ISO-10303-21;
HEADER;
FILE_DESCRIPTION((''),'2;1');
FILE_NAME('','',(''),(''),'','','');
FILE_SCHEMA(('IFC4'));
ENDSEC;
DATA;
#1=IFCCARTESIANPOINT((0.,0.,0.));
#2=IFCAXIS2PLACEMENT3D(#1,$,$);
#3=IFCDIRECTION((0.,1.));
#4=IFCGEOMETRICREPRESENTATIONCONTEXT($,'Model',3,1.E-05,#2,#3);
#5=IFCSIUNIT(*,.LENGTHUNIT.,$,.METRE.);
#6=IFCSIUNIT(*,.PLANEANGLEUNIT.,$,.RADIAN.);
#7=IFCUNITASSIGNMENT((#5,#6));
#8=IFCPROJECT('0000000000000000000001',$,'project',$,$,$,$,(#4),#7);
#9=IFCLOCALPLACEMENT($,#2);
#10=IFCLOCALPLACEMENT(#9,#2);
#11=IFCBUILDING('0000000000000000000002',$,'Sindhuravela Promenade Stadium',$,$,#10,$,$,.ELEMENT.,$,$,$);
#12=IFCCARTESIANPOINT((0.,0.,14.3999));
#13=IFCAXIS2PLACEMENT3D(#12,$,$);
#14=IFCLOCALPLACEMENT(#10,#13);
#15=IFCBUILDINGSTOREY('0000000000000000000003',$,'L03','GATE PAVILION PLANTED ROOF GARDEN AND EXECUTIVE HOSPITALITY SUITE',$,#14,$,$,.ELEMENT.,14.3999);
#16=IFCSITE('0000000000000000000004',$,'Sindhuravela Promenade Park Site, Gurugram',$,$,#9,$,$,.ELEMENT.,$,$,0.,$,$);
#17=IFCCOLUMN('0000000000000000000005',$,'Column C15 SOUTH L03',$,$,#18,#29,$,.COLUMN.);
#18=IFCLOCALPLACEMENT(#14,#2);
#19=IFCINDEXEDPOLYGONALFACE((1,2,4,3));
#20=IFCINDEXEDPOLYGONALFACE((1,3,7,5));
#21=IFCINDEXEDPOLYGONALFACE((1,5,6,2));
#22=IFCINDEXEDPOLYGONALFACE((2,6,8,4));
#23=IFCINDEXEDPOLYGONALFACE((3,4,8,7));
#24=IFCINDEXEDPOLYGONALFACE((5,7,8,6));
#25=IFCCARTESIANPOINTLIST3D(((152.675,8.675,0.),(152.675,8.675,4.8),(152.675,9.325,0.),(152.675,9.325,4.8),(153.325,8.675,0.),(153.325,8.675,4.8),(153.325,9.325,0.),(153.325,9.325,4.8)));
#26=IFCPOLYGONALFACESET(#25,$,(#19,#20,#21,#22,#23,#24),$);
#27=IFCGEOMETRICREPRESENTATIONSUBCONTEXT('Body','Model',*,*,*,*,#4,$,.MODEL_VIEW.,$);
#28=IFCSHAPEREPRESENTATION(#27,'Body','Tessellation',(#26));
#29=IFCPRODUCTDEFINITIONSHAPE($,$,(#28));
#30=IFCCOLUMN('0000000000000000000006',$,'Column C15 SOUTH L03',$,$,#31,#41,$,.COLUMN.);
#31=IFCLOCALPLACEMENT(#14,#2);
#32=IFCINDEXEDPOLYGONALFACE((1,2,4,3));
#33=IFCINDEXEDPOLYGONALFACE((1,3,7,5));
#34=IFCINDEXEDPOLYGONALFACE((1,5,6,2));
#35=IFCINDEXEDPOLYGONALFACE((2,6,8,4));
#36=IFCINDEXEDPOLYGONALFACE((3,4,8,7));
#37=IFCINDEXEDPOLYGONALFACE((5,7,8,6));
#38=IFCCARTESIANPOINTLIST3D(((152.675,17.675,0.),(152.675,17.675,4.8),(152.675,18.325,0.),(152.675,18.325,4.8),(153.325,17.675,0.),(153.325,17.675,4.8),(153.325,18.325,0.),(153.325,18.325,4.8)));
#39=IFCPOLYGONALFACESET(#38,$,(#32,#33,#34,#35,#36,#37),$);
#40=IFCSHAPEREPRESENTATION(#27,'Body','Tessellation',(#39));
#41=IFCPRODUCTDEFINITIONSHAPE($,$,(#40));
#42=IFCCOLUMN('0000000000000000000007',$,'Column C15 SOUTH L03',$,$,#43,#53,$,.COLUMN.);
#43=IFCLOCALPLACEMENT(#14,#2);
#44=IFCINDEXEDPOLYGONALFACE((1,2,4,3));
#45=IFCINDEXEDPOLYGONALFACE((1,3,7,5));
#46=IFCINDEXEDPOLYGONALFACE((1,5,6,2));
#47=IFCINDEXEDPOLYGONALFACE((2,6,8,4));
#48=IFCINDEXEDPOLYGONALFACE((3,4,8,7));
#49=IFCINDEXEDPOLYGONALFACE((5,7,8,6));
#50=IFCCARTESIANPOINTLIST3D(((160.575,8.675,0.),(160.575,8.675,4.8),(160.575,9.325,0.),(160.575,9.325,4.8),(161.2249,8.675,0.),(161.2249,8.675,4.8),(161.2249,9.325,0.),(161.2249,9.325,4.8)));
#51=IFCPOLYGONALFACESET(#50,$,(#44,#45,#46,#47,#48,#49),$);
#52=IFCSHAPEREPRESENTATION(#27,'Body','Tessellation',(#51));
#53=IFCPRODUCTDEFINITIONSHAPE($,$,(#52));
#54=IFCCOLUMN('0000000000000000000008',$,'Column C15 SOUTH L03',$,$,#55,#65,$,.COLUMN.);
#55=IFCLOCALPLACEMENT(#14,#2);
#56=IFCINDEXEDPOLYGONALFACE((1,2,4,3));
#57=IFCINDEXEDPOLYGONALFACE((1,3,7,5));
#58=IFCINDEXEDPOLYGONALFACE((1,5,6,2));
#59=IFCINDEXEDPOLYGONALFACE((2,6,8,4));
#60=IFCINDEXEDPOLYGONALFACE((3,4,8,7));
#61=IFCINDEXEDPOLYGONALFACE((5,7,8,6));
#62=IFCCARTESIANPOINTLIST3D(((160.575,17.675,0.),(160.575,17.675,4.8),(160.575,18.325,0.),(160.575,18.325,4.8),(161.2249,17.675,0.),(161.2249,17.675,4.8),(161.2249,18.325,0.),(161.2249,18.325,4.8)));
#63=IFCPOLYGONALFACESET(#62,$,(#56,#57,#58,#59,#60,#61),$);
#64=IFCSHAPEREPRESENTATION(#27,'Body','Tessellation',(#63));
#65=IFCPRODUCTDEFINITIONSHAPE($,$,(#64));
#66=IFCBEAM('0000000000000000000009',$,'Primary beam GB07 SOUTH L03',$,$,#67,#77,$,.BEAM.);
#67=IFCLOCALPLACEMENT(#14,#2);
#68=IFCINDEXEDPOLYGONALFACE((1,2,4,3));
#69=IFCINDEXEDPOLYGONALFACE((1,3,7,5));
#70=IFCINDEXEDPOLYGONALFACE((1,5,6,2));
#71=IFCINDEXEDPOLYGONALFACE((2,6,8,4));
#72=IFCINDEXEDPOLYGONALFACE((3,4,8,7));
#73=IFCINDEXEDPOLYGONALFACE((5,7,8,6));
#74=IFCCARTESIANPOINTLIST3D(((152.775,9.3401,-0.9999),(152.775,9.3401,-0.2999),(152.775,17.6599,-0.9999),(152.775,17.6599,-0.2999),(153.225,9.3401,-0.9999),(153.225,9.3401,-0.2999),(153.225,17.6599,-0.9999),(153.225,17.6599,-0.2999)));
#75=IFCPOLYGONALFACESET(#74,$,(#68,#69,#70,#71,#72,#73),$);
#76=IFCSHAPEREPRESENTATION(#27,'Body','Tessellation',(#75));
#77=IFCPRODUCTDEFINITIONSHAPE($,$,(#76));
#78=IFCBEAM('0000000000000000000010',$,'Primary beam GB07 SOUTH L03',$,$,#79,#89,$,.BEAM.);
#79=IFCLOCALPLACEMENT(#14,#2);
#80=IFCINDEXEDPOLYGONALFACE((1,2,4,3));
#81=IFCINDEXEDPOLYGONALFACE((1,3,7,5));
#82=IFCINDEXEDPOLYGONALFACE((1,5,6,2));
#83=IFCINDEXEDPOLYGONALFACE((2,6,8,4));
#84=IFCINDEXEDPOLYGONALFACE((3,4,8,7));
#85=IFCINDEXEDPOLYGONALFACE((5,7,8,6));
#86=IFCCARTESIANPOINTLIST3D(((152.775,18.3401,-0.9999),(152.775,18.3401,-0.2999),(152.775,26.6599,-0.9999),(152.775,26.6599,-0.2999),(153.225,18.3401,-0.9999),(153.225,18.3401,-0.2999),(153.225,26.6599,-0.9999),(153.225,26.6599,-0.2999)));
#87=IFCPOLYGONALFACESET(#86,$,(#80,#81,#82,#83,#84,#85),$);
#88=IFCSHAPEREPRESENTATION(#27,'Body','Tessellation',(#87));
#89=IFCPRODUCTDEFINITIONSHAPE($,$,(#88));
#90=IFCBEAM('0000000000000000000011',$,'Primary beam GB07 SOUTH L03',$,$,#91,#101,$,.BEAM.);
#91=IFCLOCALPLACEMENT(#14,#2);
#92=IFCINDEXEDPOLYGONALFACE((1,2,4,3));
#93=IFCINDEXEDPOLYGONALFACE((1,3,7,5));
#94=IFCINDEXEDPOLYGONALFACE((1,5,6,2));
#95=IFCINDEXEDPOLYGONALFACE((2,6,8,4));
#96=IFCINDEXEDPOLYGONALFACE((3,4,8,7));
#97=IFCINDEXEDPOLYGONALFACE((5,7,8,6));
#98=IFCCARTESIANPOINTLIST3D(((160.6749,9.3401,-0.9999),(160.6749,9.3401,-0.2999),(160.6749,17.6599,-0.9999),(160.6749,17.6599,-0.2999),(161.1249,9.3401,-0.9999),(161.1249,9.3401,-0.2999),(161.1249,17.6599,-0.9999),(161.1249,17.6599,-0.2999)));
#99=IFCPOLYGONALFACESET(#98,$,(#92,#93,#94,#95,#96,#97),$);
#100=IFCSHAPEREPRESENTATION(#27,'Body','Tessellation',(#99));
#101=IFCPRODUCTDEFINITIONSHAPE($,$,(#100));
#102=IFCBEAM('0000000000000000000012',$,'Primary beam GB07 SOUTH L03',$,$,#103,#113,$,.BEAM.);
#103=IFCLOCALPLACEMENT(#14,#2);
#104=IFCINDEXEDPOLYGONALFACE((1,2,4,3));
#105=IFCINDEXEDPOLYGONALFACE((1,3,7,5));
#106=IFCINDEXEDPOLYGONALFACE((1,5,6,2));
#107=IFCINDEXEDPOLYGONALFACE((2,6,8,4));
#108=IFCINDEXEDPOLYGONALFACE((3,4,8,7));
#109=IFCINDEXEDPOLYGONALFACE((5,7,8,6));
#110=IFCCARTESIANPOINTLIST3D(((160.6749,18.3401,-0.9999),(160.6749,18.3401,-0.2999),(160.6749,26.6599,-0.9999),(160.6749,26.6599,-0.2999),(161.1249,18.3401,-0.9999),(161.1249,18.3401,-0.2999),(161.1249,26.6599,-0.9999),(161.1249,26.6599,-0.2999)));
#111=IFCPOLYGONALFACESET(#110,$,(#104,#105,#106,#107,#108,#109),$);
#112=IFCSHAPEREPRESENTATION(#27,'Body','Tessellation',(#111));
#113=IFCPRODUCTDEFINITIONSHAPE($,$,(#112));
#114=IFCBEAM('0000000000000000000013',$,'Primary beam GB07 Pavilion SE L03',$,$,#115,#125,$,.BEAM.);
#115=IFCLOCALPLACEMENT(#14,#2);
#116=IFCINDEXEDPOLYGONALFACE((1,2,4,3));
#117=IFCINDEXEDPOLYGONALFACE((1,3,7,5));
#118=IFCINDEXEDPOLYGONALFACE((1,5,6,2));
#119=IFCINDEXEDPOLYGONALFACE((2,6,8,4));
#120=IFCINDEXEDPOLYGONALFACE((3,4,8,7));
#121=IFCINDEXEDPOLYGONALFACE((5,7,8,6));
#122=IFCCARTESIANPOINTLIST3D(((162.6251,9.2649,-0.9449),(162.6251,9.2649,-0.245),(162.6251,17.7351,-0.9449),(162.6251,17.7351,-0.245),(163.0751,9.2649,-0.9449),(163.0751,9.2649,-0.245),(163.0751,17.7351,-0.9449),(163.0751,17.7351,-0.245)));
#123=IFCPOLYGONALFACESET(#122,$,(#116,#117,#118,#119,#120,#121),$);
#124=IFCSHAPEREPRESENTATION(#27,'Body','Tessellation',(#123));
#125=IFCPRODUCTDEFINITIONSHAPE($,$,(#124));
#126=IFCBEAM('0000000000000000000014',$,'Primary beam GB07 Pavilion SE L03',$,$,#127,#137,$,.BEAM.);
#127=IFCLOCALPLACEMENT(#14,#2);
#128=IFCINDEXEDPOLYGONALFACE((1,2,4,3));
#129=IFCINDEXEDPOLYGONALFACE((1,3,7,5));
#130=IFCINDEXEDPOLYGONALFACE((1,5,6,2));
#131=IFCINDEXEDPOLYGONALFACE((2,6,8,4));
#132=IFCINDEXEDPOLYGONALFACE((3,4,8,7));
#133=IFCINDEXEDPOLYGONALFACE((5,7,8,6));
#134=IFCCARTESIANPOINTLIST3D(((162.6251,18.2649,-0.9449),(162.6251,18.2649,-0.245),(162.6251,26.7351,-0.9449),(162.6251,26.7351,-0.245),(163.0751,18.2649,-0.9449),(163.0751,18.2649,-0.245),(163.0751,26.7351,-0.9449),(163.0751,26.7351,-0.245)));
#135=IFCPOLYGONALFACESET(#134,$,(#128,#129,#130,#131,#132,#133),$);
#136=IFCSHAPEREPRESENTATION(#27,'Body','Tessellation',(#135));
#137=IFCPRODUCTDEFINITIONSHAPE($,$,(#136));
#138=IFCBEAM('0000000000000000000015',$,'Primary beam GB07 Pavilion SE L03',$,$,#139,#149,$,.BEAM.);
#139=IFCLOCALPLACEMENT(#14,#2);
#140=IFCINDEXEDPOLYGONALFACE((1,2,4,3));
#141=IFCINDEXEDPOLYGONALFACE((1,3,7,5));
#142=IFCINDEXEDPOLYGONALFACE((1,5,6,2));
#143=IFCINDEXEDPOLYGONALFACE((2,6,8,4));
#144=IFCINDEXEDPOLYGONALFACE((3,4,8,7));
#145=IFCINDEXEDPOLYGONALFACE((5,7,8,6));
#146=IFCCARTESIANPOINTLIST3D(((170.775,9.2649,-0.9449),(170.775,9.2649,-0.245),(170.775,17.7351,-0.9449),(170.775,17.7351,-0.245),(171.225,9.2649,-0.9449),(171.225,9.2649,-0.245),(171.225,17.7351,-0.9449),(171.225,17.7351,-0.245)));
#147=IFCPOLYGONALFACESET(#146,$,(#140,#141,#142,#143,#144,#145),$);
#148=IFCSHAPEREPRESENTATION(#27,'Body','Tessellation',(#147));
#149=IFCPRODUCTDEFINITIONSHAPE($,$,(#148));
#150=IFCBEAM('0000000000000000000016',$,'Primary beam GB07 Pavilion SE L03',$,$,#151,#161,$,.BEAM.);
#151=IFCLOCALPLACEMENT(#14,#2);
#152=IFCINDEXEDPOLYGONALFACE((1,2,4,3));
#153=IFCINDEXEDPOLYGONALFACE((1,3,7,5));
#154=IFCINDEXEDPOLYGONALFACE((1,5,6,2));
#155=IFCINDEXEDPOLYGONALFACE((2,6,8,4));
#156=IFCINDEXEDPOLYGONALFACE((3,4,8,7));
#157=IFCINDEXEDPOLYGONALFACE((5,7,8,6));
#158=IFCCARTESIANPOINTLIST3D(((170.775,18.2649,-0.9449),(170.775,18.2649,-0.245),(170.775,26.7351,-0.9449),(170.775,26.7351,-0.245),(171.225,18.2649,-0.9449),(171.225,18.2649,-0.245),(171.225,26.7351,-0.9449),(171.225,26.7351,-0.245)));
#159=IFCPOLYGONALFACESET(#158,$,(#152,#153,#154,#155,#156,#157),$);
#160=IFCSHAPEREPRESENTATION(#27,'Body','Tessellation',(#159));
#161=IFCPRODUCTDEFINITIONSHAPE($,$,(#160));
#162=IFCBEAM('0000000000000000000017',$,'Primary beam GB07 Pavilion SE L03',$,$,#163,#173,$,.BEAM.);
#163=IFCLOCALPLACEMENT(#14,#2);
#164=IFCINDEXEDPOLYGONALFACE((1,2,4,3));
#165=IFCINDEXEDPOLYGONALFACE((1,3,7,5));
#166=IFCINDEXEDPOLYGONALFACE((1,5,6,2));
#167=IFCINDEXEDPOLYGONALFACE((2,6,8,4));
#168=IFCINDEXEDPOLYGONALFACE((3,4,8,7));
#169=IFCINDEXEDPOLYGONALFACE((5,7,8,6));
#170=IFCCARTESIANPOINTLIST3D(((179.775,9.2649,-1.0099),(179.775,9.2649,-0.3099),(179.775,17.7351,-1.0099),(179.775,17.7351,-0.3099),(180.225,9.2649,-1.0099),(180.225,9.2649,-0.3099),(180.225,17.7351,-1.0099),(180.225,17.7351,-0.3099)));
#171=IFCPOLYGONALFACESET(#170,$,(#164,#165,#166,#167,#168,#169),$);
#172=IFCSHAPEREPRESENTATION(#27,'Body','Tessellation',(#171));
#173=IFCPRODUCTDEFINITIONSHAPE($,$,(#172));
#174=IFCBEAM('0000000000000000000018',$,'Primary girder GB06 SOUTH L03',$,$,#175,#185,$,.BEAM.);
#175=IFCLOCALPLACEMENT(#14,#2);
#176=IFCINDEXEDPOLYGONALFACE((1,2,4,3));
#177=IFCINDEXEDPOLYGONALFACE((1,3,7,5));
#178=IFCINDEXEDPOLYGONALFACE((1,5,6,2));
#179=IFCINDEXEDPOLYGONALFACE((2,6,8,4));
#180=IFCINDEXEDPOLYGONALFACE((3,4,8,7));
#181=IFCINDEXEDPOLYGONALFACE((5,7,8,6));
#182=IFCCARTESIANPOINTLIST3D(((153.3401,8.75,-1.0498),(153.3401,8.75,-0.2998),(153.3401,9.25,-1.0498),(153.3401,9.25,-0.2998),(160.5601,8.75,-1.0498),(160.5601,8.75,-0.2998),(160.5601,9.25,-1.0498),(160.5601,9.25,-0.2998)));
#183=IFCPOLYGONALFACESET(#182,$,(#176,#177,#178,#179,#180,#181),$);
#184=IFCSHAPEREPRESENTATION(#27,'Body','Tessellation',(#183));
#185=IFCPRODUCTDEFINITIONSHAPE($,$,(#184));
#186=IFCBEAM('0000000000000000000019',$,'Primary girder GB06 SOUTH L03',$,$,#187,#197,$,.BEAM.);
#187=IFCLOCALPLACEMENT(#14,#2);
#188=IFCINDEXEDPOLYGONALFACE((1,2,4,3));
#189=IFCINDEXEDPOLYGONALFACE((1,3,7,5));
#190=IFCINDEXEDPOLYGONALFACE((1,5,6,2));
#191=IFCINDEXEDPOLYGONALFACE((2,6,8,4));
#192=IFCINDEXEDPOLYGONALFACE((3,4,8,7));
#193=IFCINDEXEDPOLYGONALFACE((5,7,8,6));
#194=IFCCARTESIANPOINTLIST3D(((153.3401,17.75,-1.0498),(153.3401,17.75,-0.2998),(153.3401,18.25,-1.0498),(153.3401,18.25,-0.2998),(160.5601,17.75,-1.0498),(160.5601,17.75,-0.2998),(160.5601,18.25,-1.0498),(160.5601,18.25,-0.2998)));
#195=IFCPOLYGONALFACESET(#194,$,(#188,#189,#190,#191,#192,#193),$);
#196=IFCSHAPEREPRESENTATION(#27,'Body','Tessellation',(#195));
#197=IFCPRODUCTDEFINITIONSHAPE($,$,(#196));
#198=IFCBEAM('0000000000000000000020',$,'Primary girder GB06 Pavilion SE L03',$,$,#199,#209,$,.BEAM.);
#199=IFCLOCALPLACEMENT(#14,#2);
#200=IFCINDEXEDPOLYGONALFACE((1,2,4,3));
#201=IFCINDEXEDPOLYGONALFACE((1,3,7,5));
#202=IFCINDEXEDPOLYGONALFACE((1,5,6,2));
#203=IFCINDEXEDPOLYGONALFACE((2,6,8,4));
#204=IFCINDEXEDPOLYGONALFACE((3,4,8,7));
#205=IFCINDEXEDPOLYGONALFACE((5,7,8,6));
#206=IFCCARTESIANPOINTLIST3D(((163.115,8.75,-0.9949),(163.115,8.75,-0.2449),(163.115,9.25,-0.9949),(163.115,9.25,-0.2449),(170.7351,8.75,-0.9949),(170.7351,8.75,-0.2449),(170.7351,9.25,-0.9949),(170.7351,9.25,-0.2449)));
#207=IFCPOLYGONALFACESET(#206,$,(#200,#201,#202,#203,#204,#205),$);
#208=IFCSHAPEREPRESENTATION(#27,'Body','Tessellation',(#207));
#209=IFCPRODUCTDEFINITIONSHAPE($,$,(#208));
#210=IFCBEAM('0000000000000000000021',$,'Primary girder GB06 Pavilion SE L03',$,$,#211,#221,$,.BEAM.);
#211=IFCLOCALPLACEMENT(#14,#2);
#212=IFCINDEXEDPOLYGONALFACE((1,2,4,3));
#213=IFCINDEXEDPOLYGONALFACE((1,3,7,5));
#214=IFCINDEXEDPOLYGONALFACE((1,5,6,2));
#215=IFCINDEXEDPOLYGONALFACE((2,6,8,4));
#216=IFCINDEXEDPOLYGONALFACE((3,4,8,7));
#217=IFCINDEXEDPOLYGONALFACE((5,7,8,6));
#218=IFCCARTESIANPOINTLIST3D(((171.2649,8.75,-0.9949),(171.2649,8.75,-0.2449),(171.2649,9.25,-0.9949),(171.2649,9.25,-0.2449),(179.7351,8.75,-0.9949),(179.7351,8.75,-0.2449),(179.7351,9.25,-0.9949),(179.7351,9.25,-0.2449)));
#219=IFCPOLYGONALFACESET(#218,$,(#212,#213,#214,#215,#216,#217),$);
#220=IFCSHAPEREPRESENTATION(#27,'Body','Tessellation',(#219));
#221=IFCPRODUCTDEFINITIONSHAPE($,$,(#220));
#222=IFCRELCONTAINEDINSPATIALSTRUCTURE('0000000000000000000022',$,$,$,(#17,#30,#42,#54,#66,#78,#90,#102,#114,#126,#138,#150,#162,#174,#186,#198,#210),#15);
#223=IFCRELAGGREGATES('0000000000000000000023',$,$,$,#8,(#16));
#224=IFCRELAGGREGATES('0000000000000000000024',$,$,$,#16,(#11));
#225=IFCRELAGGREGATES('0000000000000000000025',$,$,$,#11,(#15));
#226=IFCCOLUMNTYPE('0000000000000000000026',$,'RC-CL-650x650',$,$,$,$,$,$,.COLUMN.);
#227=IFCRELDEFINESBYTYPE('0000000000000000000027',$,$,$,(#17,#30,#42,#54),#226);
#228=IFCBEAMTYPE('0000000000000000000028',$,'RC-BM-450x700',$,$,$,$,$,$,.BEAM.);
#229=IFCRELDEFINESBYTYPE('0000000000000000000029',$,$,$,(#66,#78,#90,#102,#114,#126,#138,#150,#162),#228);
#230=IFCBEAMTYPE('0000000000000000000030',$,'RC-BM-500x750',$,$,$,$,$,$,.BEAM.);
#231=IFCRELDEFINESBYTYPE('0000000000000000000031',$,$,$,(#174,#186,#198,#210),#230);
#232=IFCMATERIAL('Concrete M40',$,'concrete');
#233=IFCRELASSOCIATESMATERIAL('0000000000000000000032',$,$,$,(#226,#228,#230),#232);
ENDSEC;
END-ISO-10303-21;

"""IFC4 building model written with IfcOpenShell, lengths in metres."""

from ifc_helpers import new_model, si_unit, direction, frame, origin, origin_2d, place, context, subcontext, project, spatial, rectangle, extrude, material, material_profile, profile_set, type_object, element, save


model = new_model("IFC4")

# Units and contexts
model_context = context("Model", 3, precision=1e-05, world=origin(), true_north=direction((0.0, 1.0)))
body_context = subcontext(model_context, "Body", "Model", "MODEL_VIEW")
ifc_project = project(units=[si_unit("LENGTHUNIT", "METRE"), si_unit("PLANEANGLEUNIT", "RADIAN")], contexts=[model_context])

# Site, building, storey
site_placement = place(None, origin())
site = spatial("IfcSite", under=ifc_project, at=site_placement, Name="Sindhuravela Promenade Park Site, Gurugram", CompositionType="ELEMENT", RefElevation=0.0)
building_placement = place(site_placement, origin())
building = spatial("IfcBuilding", under=site, at=building_placement, Name="Sindhuravela Promenade Stadium", CompositionType="ELEMENT")
storey_placement = place(building_placement, frame((0.0, 0.0, 14.3999)))
storey = spatial("IfcBuildingStorey", under=building, at=storey_placement, Name="L03", Description="GATE PAVILION PLANTED ROOF GARDEN AND EXECUTIVE HOSPITALITY SUITE", CompositionType="ELEMENT", Elevation=14.3999)

# Columns
ifc_material_1 = material(Name="Concrete M40", Category="concrete")
ifc_material_profile_1 = material_profile(ifc_material_1, rectangle(XDim=0.6499, YDim=0.6499, at=origin_2d()), Name="RC 650x650")
ifc_profile_set_1 = profile_set([ifc_material_profile_1], Name="Concrete M40")
column_type = type_object("IfcColumnType", Name="RC-CL-650x650", PredefinedType="COLUMN", material=ifc_profile_set_1)
for number, where, z_axis, x_axis, name in (
    (1, (153.0, 9.0, 0.0), (0.0, 0.0, 1.0), (1.0, 0.0, 0.0), "Column C15 SOUTH L03"),
    (2, (153.0, 18.0, 0.0), (0.0, 0.0, 1.0), (1.0, 0.0, 0.0), "Column C15 SOUTH L03"),
    (3, (160.8999, 9.0, 0.0), (0.0, 0.0, 1.0), (1.0, 0.0, 0.0), "Column C15 SOUTH L03"),
    (4, (160.8999, 18.0, 0.0), (0.0, 0.0, 1.0), (1.0, 0.0, 0.0), "Column C15 SOUTH L03"),
):
    element("IfcColumn", number, at=place(storey_placement, frame(where, z_axis=z_axis, x_axis=x_axis)), inside=storey, type_object=column_type, Name=name, PredefinedType="COLUMN", context=body_context, shape_type="SweptSolid", body=[
        extrude(rectangle(XDim=0.6499, YDim=0.6499, at=origin_2d()), origin(), (0.0, 0.0, 1.0), 4.8),
    ])

# Beams
ifc_material_profile_2 = material_profile(ifc_material_1, rectangle(XDim=0.45, YDim=0.7, at=origin_2d()), Name="RC 450x700")
ifc_profile_set_2 = profile_set([ifc_material_profile_2], Name="Concrete M40")
beam_type_1 = type_object("IfcBeamType", Name="RC-BM-450x700", PredefinedType="BEAM", material=ifc_profile_set_2)
for number, where, z_axis, x_axis, name in (
    (5, (153.0, 9.3401, -0.6499), (0.0, 1.0, 0.0), (-1.0, 0.0, 0.0), "Primary beam GB07 SOUTH L03"),
    (6, (153.0, 18.3401, -0.6499), (0.0, 1.0, 0.0), (-1.0, 0.0, 0.0), "Primary beam GB07 SOUTH L03"),
    (7, (160.8999, 9.3401, -0.6499), (0.0, 1.0, 0.0), (-1.0, 0.0, 0.0), "Primary beam GB07 SOUTH L03"),
    (8, (160.8999, 18.3401, -0.6499), (0.0, 1.0, 0.0), (-1.0, 0.0, 0.0), "Primary beam GB07 SOUTH L03"),
):
    element("IfcBeam", number, at=place(storey_placement, frame(where, z_axis=z_axis, x_axis=x_axis)), inside=storey, type_object=beam_type_1, Name=name, PredefinedType="BEAM", context=body_context, shape_type="SweptSolid", body=[
        extrude(rectangle(XDim=0.45, YDim=0.7, at=origin_2d()), origin(), (0.0, 0.0, 1.0), 8.3198),
    ])
for number, where, z_axis, x_axis, name in (
    (9, (162.8501, 9.2649, -0.595), (0.0, 1.0, 0.0), (-1.0, 0.0, 0.0), "Primary beam GB07 Pavilion SE L03"),
    (10, (162.8501, 18.2649, -0.595), (0.0, 1.0, 0.0), (-1.0, 0.0, 0.0), "Primary beam GB07 Pavilion SE L03"),
    (11, (171.0, 9.2649, -0.595), (0.0, 1.0, 0.0), (-1.0, 0.0, 0.0), "Primary beam GB07 Pavilion SE L03"),
    (12, (171.0, 18.2649, -0.595), (0.0, 1.0, 0.0), (-1.0, 0.0, 0.0), "Primary beam GB07 Pavilion SE L03"),
    (13, (180.0, 9.2649, -0.6599), (0.0, 1.0, 0.0), (-1.0, 0.0, 0.0), "Primary beam GB07 Pavilion SE L03"),
):
    element("IfcBeam", number, at=place(storey_placement, frame(where, z_axis=z_axis, x_axis=x_axis)), inside=storey, type_object=beam_type_1, Name=name, PredefinedType="BEAM", context=body_context, shape_type="SweptSolid", body=[
        extrude(rectangle(XDim=0.45, YDim=0.7, at=origin_2d()), origin(), (0.0, 0.0, 1.0), 8.4702),
    ])
ifc_material_profile_3 = material_profile(ifc_material_1, rectangle(XDim=0.5, YDim=0.75, at=origin_2d()), Name="RC 500x750")
ifc_profile_set_3 = profile_set([ifc_material_profile_3], Name="Concrete M40")
beam_type_2 = type_object("IfcBeamType", Name="RC-BM-500x750", PredefinedType="BEAM", material=ifc_profile_set_3)
for number, where, z_axis, x_axis, name in (
    (14, (153.3401, 9.0, -0.6748), (1.0, 0.0, 0.0), (0.0, 1.0, 0.0), "Primary girder GB06 SOUTH L03"),
    (15, (153.3401, 18.0, -0.6748), (1.0, 0.0, 0.0), (0.0, 1.0, 0.0), "Primary girder GB06 SOUTH L03"),
):
    element("IfcBeam", number, at=place(storey_placement, frame(where, z_axis=z_axis, x_axis=x_axis)), inside=storey, type_object=beam_type_2, Name=name, PredefinedType="BEAM", context=body_context, shape_type="SweptSolid", body=[
        extrude(rectangle(XDim=0.5, YDim=0.75, at=origin_2d()), origin(), (0.0, 0.0, 1.0), 7.22),
    ])
beam_1_placement = place(storey_placement, frame((163.115, 9.0, -0.6199), z_axis=(1.0, 0.0, 0.0), x_axis=(0.0, 1.0, 0.0)))
element("IfcBeam", 16, at=beam_1_placement, inside=storey, type_object=beam_type_2, Name="Primary girder GB06 Pavilion SE L03", PredefinedType="BEAM", context=body_context, shape_type="SweptSolid", body=[
    extrude(rectangle(XDim=0.5, YDim=0.75, at=origin_2d()), origin(), (0.0, 0.0, 1.0), 7.6201),
])
beam_2_placement = place(storey_placement, frame((171.2649, 9.0, -0.6199), z_axis=(1.0, 0.0, 0.0), x_axis=(0.0, 1.0, 0.0)))
element("IfcBeam", 17, at=beam_2_placement, inside=storey, type_object=beam_type_2, Name="Primary girder GB06 Pavilion SE L03", PredefinedType="BEAM", context=body_context, shape_type="SweptSolid", body=[
    extrude(rectangle(XDim=0.5, YDim=0.75, at=origin_2d()), origin(), (0.0, 0.0, 1.0), 8.4702),
])

save(model, "model.ifc")
